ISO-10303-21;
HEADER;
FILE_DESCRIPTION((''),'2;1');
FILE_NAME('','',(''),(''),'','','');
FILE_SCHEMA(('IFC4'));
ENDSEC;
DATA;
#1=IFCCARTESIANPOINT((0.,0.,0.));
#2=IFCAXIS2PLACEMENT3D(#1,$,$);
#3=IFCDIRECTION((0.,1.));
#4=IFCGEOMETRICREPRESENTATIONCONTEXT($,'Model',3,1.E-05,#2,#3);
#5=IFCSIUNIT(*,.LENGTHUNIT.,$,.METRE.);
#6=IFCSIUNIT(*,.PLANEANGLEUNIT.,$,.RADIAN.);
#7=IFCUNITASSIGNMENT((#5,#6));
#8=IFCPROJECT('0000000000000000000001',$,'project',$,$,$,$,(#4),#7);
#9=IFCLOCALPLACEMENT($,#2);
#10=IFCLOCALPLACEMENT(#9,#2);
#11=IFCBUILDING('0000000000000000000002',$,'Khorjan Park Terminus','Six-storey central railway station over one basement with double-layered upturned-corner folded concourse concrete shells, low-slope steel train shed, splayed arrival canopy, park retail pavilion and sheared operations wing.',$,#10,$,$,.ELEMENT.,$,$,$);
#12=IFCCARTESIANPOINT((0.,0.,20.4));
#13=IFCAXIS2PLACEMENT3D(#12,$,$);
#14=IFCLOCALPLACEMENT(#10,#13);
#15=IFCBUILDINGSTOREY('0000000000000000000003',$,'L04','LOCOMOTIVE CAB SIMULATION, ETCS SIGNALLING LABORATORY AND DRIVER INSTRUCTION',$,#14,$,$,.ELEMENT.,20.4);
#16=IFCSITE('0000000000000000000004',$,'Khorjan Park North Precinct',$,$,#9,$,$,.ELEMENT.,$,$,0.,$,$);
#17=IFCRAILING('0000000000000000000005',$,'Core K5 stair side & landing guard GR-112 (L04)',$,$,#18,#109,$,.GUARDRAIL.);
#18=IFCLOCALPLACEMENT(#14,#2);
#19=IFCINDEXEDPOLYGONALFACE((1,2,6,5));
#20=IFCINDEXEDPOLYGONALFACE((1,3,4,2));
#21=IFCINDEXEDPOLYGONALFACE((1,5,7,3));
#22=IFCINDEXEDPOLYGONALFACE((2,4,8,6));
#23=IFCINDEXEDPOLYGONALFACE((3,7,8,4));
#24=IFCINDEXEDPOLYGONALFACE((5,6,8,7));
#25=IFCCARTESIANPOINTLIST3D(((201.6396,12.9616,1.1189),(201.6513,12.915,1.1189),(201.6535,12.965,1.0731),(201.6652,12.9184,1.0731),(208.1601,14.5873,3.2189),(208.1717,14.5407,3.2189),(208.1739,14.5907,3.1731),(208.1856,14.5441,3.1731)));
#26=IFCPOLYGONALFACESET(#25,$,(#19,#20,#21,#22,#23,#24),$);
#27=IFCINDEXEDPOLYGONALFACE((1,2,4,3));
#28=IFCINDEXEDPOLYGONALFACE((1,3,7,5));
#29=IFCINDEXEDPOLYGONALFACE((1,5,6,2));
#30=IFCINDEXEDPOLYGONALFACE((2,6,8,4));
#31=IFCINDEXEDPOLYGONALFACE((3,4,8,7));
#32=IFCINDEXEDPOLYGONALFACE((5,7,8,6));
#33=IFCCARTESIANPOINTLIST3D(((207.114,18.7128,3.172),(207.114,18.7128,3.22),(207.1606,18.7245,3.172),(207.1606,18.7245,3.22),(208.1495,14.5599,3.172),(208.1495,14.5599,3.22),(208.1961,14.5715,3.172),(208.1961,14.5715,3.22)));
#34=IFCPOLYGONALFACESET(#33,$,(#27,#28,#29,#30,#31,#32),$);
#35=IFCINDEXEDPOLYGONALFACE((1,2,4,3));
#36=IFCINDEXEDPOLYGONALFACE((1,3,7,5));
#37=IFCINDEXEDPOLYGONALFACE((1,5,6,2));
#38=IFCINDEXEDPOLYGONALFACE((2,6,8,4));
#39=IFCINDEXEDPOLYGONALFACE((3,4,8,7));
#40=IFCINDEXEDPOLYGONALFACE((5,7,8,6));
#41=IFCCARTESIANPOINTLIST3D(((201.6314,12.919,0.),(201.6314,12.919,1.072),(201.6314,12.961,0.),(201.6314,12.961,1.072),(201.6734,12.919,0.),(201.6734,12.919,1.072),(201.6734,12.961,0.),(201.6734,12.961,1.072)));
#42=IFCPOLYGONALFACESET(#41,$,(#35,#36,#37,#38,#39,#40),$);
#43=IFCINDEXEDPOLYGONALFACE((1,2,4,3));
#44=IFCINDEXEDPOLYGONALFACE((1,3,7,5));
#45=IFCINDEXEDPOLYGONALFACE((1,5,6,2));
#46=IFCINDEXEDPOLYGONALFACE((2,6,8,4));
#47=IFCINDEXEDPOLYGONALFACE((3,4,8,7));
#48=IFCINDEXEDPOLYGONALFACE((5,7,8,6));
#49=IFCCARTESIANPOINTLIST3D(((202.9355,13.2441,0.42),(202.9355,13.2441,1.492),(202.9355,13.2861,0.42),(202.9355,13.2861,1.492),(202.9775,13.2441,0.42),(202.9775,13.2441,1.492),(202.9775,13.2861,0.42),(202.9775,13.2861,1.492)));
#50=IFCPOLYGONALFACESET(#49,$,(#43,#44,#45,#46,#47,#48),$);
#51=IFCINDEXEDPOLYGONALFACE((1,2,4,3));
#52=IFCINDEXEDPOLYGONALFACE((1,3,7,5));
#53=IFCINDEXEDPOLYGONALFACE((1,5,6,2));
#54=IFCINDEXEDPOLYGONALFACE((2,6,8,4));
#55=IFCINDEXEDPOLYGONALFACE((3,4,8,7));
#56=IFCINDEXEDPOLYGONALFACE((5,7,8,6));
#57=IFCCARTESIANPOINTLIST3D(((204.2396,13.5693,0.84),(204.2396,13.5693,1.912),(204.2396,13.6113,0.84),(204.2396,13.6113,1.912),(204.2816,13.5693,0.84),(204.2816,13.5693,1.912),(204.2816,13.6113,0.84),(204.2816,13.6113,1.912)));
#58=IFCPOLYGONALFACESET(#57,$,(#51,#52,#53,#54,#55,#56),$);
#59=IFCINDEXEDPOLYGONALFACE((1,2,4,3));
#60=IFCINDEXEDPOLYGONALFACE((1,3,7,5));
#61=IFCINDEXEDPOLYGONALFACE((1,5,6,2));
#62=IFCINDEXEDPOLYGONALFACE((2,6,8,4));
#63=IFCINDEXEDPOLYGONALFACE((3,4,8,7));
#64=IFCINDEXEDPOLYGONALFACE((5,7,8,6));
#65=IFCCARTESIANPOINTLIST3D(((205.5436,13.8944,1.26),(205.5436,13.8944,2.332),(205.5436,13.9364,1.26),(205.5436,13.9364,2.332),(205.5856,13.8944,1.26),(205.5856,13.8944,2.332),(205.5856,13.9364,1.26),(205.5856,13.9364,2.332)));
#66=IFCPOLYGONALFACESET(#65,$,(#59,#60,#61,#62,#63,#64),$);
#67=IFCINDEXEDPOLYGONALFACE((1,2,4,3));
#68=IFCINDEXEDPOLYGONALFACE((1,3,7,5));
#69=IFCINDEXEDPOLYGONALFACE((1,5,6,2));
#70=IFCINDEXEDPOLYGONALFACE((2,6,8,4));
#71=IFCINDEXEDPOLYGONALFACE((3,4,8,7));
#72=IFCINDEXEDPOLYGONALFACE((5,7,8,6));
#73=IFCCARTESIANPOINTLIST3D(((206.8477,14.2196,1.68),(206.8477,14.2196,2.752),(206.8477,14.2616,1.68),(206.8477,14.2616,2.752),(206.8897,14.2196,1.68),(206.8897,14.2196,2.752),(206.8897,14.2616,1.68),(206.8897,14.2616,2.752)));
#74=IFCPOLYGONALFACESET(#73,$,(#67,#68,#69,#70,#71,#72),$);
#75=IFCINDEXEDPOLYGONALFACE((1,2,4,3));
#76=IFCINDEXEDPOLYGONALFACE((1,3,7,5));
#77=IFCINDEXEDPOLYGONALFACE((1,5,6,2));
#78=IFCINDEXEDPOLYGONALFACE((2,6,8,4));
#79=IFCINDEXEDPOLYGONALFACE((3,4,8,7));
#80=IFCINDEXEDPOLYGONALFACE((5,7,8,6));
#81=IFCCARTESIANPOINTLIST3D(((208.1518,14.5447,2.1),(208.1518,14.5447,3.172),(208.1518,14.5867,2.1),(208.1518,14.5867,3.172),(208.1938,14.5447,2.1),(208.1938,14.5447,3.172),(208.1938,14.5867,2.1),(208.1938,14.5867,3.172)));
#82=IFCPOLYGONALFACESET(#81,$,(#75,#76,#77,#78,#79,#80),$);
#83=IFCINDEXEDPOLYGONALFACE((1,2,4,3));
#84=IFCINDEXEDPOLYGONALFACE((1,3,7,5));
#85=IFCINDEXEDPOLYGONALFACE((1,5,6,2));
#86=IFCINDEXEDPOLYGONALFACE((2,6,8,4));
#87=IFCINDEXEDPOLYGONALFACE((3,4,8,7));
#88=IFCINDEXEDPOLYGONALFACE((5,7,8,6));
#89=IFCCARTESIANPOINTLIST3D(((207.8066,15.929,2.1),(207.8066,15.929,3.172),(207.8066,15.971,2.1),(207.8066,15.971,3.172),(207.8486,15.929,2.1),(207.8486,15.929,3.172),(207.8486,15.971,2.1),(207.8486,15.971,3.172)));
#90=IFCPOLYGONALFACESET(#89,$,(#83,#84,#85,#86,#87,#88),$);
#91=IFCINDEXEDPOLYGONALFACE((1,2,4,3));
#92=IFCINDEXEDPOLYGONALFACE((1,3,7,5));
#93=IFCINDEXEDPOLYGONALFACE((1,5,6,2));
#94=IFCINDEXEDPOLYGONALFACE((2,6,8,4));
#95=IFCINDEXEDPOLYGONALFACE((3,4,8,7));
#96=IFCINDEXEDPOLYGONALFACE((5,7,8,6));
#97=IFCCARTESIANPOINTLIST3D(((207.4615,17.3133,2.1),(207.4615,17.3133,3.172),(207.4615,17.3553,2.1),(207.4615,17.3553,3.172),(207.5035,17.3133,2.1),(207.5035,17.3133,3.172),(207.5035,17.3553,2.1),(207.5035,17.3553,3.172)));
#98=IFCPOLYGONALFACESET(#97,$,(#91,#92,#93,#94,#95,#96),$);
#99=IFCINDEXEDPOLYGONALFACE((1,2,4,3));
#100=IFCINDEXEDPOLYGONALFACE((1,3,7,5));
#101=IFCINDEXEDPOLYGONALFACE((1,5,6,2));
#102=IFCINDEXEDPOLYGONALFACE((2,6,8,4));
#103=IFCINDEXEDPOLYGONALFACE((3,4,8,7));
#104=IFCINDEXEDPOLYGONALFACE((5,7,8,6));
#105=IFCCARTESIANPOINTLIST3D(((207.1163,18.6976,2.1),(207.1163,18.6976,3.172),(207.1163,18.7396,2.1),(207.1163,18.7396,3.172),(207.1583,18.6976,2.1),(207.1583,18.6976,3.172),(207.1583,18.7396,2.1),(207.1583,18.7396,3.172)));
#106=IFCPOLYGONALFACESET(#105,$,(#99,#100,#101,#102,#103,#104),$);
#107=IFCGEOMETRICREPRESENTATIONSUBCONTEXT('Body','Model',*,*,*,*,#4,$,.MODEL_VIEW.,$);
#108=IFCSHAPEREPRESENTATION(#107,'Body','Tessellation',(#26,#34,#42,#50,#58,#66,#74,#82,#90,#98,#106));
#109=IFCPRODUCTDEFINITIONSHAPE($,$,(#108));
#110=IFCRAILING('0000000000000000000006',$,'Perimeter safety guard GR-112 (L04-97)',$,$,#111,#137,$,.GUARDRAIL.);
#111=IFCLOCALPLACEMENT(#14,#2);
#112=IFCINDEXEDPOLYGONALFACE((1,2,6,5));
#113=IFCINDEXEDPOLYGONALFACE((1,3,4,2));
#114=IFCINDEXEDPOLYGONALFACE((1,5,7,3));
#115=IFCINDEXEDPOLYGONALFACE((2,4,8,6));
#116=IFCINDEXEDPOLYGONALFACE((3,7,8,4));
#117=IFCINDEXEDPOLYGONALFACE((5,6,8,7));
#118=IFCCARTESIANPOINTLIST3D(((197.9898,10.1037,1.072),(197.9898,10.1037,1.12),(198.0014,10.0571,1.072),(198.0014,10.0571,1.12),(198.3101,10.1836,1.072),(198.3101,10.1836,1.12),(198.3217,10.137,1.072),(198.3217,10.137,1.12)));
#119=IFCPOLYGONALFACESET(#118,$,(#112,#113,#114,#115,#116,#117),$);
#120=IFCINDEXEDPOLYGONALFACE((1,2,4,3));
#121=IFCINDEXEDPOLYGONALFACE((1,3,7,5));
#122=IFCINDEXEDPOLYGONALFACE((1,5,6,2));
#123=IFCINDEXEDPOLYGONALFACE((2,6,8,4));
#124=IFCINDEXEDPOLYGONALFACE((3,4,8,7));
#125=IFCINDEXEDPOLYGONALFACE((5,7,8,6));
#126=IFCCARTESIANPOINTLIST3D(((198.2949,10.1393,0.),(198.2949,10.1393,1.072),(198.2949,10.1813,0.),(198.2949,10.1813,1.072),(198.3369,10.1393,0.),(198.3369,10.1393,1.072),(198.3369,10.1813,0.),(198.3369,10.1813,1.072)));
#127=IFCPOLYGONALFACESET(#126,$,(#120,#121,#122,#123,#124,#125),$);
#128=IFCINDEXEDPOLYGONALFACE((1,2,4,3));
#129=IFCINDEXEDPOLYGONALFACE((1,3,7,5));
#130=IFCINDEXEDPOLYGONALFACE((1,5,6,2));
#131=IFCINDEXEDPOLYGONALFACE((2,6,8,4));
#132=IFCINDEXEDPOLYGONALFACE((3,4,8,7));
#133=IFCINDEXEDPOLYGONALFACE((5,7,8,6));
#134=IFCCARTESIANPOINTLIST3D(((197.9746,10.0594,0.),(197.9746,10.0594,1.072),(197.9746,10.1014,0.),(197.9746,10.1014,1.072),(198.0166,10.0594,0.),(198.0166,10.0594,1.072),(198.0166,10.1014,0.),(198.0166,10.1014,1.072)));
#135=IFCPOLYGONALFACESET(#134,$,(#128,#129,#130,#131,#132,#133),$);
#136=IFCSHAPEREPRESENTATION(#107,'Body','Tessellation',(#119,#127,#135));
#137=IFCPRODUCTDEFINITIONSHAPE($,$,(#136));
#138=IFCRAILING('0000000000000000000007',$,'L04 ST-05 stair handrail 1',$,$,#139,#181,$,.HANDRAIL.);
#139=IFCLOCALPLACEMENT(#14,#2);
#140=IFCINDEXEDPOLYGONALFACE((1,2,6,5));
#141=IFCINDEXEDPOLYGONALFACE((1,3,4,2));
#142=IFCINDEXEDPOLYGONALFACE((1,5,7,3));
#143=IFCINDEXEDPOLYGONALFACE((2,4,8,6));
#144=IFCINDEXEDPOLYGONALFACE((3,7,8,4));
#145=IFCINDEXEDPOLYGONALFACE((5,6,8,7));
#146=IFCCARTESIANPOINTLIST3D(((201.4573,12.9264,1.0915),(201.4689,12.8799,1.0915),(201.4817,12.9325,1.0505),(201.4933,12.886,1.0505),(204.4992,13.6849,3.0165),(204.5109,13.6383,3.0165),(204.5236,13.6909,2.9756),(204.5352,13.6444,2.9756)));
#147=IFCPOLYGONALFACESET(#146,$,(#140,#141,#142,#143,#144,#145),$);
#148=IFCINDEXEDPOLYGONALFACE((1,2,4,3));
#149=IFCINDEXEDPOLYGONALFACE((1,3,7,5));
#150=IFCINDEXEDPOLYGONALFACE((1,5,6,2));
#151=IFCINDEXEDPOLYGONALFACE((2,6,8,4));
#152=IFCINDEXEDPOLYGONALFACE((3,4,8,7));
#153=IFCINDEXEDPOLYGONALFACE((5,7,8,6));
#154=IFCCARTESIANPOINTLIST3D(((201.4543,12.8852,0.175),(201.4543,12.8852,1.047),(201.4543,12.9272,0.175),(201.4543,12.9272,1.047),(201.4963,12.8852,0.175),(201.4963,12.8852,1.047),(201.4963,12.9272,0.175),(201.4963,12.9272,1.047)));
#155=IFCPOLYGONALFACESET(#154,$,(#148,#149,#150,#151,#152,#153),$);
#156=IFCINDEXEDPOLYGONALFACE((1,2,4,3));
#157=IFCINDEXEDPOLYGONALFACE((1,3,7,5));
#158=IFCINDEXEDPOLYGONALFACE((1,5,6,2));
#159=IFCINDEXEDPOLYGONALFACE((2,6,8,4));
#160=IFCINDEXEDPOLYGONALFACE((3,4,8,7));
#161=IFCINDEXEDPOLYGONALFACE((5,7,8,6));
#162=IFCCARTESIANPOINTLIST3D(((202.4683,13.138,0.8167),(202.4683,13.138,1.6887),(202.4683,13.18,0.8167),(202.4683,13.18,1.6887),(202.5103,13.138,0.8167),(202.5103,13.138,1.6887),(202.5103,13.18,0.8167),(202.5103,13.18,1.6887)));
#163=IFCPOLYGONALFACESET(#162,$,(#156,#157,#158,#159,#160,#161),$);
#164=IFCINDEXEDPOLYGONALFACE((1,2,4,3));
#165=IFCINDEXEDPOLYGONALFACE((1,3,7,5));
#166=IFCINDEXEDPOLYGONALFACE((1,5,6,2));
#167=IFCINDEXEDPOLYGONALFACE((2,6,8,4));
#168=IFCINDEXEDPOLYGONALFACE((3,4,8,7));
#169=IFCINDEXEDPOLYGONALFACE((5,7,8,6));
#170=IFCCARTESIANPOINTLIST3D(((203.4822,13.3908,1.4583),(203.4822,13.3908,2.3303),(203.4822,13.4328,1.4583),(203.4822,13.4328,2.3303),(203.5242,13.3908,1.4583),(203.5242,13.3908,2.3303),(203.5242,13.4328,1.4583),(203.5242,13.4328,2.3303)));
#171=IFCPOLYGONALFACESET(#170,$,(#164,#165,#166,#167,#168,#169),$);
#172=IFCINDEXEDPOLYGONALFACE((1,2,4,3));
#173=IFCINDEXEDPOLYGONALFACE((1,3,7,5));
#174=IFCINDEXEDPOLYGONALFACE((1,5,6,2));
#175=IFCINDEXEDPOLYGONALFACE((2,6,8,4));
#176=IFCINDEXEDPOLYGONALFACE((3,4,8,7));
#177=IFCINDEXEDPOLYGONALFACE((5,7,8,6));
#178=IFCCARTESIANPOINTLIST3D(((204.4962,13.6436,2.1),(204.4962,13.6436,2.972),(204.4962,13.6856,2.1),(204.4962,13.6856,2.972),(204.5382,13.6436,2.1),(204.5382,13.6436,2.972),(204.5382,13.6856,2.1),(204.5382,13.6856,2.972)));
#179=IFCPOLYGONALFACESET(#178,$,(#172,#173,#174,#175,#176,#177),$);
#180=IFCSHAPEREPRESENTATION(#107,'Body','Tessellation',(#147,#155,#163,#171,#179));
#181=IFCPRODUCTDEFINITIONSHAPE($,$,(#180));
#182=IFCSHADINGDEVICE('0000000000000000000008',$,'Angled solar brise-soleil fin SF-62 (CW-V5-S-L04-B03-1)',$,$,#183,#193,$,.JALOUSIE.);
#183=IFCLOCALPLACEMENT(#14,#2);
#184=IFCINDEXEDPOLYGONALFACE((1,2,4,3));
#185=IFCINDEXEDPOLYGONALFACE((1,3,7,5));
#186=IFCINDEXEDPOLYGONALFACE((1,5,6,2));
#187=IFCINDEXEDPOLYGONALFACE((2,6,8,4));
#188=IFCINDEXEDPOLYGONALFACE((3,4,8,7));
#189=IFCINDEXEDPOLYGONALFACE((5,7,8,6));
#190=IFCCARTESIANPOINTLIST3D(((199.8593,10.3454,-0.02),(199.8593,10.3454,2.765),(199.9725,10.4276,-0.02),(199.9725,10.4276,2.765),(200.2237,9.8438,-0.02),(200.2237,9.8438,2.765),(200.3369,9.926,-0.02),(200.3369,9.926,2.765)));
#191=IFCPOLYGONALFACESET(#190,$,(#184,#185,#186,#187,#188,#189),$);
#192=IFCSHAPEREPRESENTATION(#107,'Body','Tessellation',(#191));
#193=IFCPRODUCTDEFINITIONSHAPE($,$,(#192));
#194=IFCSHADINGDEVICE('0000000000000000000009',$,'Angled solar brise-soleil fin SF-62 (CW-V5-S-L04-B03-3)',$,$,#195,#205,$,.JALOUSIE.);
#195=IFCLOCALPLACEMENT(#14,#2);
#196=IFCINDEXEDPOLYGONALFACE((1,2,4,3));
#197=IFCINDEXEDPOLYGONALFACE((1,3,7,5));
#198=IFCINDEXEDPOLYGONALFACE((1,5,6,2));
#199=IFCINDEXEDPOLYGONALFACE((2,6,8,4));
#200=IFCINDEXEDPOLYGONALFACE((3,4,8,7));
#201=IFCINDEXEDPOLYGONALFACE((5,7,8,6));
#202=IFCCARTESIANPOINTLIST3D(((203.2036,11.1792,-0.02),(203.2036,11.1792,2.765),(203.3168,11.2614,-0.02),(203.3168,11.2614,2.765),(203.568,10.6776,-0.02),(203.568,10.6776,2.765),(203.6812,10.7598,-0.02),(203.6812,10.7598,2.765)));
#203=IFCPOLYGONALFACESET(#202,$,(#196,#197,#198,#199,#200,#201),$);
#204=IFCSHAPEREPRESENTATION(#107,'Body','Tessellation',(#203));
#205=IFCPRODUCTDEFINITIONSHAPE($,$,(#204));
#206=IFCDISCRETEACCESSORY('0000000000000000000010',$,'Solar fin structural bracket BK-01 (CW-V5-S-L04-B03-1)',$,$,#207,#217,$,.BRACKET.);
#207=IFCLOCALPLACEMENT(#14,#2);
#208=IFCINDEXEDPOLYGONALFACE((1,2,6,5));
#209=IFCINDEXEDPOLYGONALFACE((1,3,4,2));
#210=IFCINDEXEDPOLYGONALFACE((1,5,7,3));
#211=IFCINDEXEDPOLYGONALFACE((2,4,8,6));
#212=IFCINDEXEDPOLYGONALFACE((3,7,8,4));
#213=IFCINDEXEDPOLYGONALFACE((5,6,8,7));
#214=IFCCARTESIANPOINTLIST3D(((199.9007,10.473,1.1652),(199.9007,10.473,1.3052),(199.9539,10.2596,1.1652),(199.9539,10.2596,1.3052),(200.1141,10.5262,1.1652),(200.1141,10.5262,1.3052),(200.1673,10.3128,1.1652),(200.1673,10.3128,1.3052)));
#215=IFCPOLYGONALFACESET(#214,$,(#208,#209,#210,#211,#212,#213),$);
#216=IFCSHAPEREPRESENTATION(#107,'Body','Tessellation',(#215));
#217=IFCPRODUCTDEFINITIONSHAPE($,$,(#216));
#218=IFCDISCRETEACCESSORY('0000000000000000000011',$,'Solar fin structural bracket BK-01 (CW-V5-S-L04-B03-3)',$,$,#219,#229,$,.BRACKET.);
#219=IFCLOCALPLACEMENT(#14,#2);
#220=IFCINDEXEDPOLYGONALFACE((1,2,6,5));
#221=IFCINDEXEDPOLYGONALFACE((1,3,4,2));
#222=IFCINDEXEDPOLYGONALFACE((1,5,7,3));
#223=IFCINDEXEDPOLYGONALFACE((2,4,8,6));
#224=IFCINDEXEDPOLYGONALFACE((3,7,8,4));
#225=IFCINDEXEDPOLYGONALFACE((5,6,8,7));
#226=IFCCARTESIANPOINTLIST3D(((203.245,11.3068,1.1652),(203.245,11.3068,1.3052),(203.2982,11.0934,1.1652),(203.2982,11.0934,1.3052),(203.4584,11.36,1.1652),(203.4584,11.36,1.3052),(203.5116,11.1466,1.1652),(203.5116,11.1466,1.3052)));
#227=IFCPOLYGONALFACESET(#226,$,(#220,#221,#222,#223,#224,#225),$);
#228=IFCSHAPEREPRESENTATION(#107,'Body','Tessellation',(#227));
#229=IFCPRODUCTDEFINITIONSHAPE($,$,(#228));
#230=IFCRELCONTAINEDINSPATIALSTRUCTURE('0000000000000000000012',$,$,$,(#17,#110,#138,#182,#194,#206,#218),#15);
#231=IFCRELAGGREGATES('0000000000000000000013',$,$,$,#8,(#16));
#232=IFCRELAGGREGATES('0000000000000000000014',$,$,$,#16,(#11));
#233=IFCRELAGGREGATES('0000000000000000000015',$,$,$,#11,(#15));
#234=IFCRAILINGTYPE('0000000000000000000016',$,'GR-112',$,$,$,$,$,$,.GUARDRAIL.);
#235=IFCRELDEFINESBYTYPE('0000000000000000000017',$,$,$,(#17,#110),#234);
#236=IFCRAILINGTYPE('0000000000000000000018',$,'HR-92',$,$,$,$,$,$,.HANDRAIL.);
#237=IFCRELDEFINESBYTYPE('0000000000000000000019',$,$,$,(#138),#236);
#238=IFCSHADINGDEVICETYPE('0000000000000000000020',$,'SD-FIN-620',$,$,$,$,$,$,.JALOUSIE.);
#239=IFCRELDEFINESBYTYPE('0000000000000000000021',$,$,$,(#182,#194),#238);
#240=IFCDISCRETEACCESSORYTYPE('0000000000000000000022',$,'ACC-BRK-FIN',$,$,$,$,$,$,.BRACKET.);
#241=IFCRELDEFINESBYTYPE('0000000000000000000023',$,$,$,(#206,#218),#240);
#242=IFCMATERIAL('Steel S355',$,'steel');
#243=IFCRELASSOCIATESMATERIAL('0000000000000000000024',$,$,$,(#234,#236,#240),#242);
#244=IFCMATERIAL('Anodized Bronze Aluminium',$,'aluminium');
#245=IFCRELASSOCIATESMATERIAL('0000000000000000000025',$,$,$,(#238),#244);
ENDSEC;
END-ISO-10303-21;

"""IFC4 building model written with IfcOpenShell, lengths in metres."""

from ifc_helpers import new_model, si_unit, direction, frame, origin, origin_2d, place, context, subcontext, project, spatial, rectangle, extrude, material, type_object, element, save


model = new_model("IFC4")

# Units and contexts
model_context = context("Model", 3, precision=1e-05, world=origin(), true_north=direction((0.0, 1.0)))
body_context = subcontext(model_context, "Body", "Model", "MODEL_VIEW")
ifc_project = project(units=[si_unit("LENGTHUNIT", "METRE"), si_unit("PLANEANGLEUNIT", "RADIAN")], contexts=[model_context])

# Site, building, storey
site_placement = place(None, origin())
site = spatial("IfcSite", under=ifc_project, at=site_placement, Name="Khorjan Park North Precinct", CompositionType="ELEMENT", RefElevation=0.0)
building_placement = place(site_placement, origin())
building = spatial("IfcBuilding", under=site, at=building_placement, Name="Khorjan Park Terminus", Description="Six-storey central railway station over one basement with double-layered upturned-corner folded concourse concrete shells, low-slope steel train shed, splayed arrival canopy, park retail pavilion and sheared operations wing.", CompositionType="ELEMENT")
storey_placement = place(building_placement, frame((0.0, 0.0, 20.4)))
storey = spatial("IfcBuildingStorey", under=building, at=storey_placement, Name="L04", Description="LOCOMOTIVE CAB SIMULATION, ETCS SIGNALLING LABORATORY AND DRIVER INSTRUCTION", CompositionType="ELEMENT", Elevation=20.4)

# Shared definitions
ifc_material_1 = material(Name="Anodized Bronze Aluminium", Category="aluminium")

# Railings
ifc_material_2 = material(Name="Steel S355", Category="steel")
railing_type_1 = type_object("IfcRailingType", Name="GR-112", PredefinedType="GUARDRAIL", material=ifc_material_2)
railing_1_placement = place(storey_placement, frame((201.6524, 12.94, 0.0)))
element("IfcRailing", 1, at=railing_1_placement, inside=storey, type_object=railing_type_1, Name="Core K5 stair side & landing guard GR-112 (L04)", PredefinedType="GUARDRAIL", context=body_context, shape_type="SweptSolid", body=[
    extrude(rectangle(XDim=0.048, YDim=0.048, at=origin_2d()), frame((0.0, 0.0, 1.096), z_axis=(0.926129, 0.230907, 0.298275), x_axis=(-0.241919, 0.970296, 0.0)), (0.0, 0.0, 1.0), 7.0405),
    extrude(rectangle(XDim=0.048, YDim=0.048, at=origin_2d()), frame((6.5204, 1.6257, 3.196), z_axis=(-0.241936, 0.970292, 0.0), x_axis=(-0.970292, -0.241936, 0.0)), (0.0, 0.0, 1.0), 4.2801),
    extrude(rectangle(XDim=0.042, YDim=0.042, at=origin_2d()), origin(), (0.0, 0.0, 1.0), 1.072),
    extrude(rectangle(XDim=0.042, YDim=0.042, at=origin_2d()), frame((1.3041, 0.3251, 0.42)), (0.0, 0.0, 1.0), 1.072),
    extrude(rectangle(XDim=0.042, YDim=0.042, at=origin_2d()), frame((2.6082, 0.6503, 0.84)), (0.0, 0.0, 1.0), 1.072),
    extrude(rectangle(XDim=0.042, YDim=0.042, at=origin_2d()), frame((3.9122, 0.9754, 1.26)), (0.0, 0.0, 1.0), 1.072),
    extrude(rectangle(XDim=0.042, YDim=0.042, at=origin_2d()), frame((5.2163, 1.3006, 1.68)), (0.0, 0.0, 1.0), 1.072),
    extrude(rectangle(XDim=0.042, YDim=0.042, at=origin_2d()), frame((6.5204, 1.6257, 2.1)), (0.0, 0.0, 1.0), 1.072),
    extrude(rectangle(XDim=0.042, YDim=0.042, at=origin_2d()), frame((6.1752, 3.01, 2.1)), (0.0, 0.0, 1.0), 1.072),
    extrude(rectangle(XDim=0.042, YDim=0.042, at=origin_2d()), frame((5.8301, 4.3943, 2.1)), (0.0, 0.0, 1.0), 1.072),
    extrude(rectangle(XDim=0.042, YDim=0.042, at=origin_2d()), frame((5.4849, 5.7786, 2.1)), (0.0, 0.0, 1.0), 1.072),
])
railing_2_placement = place(storey_placement, frame((198.3159, 10.1603, 0.0)))
element("IfcRailing", 2, at=railing_2_placement, inside=storey, type_object=railing_type_1, Name="Perimeter safety guard GR-112 (L04-97)", PredefinedType="GUARDRAIL", context=body_context, shape_type="SweptSolid", body=[
    extrude(rectangle(XDim=0.048, YDim=0.048, at=origin_2d()), frame((0.0, 0.0, 1.096), z_axis=(-0.970267, -0.242037, 0.0), x_axis=(0.242037, -0.970267, 0.0)), (0.0, 0.0, 1.0), 0.3301),
    extrude(rectangle(XDim=0.042, YDim=0.042, at=origin_2d()), origin(), (0.0, 0.0, 1.0), 1.072),
    extrude(rectangle(XDim=0.042, YDim=0.042, at=origin_2d()), frame((-0.3203, -0.0799, 0.0)), (0.0, 0.0, 1.0), 1.072),
])
railing_type_2 = type_object("IfcRailingType", Name="HR-92", PredefinedType="HANDRAIL", material=ifc_material_2)
railing_3_placement = place(storey_placement, frame((201.4753, 12.9062, 0.175)))
element("IfcRailing", 3, at=railing_3_placement, inside=storey, type_object=railing_type_2, Name="L04 ST-05 stair handrail 1", PredefinedType="HANDRAIL", context=body_context, shape_type="SweptSolid", body=[
    extrude(rectangle(XDim=0.048, YDim=0.048, at=origin_2d()), frame((0.0, 0.0, 0.896), z_axis=(0.826861, 0.206151, 0.523261), x_axis=(-0.241913, 0.970298, 0.0)), (0.0, 0.0, 1.0), 3.6789),
    extrude(rectangle(XDim=0.042, YDim=0.042, at=origin_2d()), origin(), (0.0, 0.0, 1.0), 0.872),
    extrude(rectangle(XDim=0.042, YDim=0.042, at=origin_2d()), frame((1.014, 0.2528, 0.6417)), (0.0, 0.0, 1.0), 0.872),
    extrude(rectangle(XDim=0.042, YDim=0.042, at=origin_2d()), frame((2.0279, 0.5056, 1.2833)), (0.0, 0.0, 1.0), 0.872),
    extrude(rectangle(XDim=0.042, YDim=0.042, at=origin_2d()), frame((3.0419, 0.7584, 1.925)), (0.0, 0.0, 1.0), 0.872),
])

# Shading devices
shading_device_type = type_object("IfcShadingDeviceType", Name="SD-FIN-620", PredefinedType="JALOUSIE", material=ifc_material_1)
for number, where, z_axis, x_axis, name in (
    (4, (200.0981, 10.1357, -0.02), (0.0, 0.0, 1.0), (-0.587785, 0.809017, 0.0), "Angled solar brise-soleil fin SF-62 (CW-V5-S-L04-B03-1)"),
    (5, (203.4424, 10.9695, -0.02), (0.0, 0.0, 1.0), (-0.587785, 0.809017, 0.0), "Angled solar brise-soleil fin SF-62 (CW-V5-S-L04-B03-3)"),
):
    element("IfcShadingDevice", number, at=place(storey_placement, frame(where, z_axis=z_axis, x_axis=x_axis)), inside=storey, type_object=shading_device_type, Name=name, PredefinedType="JALOUSIE", context=body_context, shape_type="SweptSolid", body=[
        extrude(rectangle(XDim=0.62, YDim=0.14, at=origin_2d()), origin(), (0.0, 0.0, 1.0), 2.785),
    ])

# Discrete accessories
discrete_accessory_type = type_object("IfcDiscreteAccessoryType", Name="ACC-BRK-FIN", PredefinedType="BRACKET", material=ifc_material_2)
for number, where, z_axis, x_axis, name in (
    (6, (200.034, 10.3929, 1.1652), (0.0, 0.0, 1.0), (0.970295, 0.241926, 0.0), "Solar fin structural bracket BK-01 (CW-V5-S-L04-B03-1)"),
    (7, (203.3783, 11.2267, 1.1652), (0.0, 0.0, 1.0), (0.970295, 0.241926, 0.0), "Solar fin structural bracket BK-01 (CW-V5-S-L04-B03-3)"),
):
    element("IfcDiscreteAccessory", number, at=place(storey_placement, frame(where, z_axis=z_axis, x_axis=x_axis)), inside=storey, type_object=discrete_accessory_type, Name=name, PredefinedType="BRACKET", context=body_context, shape_type="SweptSolid", body=[
        extrude(rectangle(XDim=0.22, YDim=0.22, at=origin_2d()), origin(), (0.0, 0.0, 1.0), 0.14),
    ])

save(model, "model.ifc")
